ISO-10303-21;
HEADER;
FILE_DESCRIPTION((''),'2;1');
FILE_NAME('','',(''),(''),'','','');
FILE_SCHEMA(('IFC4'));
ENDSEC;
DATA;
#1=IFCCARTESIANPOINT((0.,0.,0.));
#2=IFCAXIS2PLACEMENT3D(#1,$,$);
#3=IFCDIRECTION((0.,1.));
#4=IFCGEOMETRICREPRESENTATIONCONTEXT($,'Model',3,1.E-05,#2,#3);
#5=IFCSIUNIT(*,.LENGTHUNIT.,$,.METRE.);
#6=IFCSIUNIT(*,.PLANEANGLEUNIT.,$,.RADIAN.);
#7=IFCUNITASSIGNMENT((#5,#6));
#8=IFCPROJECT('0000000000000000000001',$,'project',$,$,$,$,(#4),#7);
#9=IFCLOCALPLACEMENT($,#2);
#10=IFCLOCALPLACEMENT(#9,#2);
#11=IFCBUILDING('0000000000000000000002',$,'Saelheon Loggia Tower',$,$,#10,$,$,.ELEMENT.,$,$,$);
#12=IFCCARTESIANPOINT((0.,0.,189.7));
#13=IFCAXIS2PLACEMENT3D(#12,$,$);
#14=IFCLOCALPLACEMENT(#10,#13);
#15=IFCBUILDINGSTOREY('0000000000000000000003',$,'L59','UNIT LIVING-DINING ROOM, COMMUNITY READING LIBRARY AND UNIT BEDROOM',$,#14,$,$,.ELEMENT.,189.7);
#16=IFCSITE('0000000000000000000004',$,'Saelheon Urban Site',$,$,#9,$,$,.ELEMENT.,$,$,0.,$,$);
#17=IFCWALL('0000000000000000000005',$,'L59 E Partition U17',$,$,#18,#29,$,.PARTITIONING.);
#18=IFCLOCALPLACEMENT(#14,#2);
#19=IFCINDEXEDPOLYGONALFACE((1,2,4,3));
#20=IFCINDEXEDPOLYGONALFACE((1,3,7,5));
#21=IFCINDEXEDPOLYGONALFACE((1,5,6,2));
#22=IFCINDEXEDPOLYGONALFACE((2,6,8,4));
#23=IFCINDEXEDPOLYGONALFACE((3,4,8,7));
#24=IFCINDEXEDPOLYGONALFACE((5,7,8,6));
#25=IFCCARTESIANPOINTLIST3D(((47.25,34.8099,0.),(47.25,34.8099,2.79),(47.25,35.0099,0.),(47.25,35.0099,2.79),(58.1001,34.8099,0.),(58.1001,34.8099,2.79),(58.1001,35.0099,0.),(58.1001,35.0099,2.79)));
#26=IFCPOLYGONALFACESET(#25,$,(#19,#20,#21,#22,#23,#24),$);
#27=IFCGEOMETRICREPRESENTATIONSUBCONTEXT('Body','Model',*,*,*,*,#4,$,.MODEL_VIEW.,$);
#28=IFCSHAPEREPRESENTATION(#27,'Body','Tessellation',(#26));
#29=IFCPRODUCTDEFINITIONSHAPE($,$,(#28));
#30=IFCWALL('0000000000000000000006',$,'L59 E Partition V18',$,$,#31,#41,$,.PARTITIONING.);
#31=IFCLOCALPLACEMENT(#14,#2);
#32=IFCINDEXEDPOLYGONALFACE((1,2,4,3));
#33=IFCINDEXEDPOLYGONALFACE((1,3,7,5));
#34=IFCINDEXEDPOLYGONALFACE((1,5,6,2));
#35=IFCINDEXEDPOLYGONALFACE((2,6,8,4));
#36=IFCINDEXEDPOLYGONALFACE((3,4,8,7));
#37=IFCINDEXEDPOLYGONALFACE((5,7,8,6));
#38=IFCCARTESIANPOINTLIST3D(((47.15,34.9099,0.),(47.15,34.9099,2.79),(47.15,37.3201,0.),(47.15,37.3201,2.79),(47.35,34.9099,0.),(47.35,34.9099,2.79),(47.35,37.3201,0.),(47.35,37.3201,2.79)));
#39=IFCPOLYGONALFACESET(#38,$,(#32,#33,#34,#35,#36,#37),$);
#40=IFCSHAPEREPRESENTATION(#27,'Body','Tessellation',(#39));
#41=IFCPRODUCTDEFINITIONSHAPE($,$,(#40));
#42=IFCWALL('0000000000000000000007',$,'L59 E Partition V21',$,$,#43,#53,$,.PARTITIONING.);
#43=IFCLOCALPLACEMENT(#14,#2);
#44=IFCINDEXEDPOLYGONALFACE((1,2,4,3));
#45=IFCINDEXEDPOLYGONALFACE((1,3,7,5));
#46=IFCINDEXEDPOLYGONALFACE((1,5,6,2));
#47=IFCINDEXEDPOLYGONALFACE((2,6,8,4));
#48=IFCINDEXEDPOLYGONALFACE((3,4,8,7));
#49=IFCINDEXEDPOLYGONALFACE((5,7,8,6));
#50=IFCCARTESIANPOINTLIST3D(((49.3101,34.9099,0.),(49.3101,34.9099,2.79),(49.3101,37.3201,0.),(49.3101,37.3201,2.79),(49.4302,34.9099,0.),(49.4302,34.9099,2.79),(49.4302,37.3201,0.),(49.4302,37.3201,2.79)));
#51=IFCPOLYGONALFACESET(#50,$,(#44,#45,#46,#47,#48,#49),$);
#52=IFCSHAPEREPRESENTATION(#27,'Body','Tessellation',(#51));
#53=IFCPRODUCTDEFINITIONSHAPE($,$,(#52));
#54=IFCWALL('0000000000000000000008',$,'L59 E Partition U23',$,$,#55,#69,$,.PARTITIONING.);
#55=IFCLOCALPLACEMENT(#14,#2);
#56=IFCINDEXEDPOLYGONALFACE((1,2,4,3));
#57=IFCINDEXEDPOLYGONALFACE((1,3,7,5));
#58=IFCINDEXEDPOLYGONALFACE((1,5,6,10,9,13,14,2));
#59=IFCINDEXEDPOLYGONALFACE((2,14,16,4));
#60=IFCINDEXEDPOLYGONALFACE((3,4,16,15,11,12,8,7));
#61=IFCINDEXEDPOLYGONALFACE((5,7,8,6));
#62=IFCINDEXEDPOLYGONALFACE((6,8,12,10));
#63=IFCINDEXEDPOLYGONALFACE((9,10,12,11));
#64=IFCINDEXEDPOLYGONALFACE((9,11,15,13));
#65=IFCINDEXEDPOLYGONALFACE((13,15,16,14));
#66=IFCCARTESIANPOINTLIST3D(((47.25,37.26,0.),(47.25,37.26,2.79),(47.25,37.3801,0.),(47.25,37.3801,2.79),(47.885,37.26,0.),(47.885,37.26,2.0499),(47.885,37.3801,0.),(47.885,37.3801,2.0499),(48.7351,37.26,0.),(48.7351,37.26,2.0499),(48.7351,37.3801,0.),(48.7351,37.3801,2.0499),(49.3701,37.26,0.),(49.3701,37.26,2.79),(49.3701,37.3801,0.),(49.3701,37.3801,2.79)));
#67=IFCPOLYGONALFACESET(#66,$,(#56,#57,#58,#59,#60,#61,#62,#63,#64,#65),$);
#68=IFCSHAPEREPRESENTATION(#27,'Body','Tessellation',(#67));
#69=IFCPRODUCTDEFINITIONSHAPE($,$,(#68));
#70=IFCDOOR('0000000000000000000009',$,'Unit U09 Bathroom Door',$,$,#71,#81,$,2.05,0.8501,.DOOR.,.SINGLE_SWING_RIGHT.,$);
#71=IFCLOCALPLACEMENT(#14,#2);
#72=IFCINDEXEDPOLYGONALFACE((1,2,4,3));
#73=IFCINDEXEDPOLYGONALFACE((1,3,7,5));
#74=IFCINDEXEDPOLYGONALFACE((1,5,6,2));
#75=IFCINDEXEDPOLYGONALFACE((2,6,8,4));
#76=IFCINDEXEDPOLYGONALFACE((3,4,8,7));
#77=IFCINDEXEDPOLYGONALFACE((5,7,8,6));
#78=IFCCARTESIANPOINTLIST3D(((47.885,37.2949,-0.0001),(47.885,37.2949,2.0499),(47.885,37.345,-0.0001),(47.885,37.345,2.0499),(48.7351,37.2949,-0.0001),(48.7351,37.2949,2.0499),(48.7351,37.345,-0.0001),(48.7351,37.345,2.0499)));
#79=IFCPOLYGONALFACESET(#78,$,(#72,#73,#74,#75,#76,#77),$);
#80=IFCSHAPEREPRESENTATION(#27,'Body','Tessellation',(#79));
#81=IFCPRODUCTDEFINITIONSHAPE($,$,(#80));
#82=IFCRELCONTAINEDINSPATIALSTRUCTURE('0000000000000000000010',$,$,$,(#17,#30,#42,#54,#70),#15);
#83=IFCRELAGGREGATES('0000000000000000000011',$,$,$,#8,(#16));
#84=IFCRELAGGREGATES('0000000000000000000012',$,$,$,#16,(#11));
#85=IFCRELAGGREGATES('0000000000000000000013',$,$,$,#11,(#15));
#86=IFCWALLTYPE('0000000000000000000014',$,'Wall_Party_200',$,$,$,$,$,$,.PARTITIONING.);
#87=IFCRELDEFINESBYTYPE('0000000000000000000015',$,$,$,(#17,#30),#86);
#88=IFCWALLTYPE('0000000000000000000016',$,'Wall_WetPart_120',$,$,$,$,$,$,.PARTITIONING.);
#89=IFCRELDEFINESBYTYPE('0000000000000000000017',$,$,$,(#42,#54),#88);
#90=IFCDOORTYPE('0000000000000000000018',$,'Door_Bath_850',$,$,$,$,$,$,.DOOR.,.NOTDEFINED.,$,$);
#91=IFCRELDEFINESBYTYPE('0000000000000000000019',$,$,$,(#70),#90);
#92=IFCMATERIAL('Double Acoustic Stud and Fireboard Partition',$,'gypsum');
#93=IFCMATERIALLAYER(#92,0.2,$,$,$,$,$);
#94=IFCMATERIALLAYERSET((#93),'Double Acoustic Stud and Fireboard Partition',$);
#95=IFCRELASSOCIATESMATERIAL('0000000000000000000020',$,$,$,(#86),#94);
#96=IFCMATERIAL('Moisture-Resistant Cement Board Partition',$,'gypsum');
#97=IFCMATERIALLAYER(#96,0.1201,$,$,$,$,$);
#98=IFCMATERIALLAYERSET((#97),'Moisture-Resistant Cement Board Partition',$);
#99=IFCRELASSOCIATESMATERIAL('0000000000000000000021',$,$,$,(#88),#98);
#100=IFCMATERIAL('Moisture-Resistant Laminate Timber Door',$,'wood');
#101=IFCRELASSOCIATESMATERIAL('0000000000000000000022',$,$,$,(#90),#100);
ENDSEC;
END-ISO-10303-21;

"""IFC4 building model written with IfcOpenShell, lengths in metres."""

from ifc_helpers import new_model, si_unit, direction, frame, frame_2d, origin, place, context, subcontext, project, spatial, rectangle, extrude, source, transform, mapped, material, layer, layer_set, type_object, element, fill, save


model = new_model("IFC4")

# Units and contexts
model_context = context("Model", 3, precision=1e-05, world=origin(), true_north=direction((0.0, 1.0)))
body_context = subcontext(model_context, "Body", "Model", "MODEL_VIEW")
ifc_project = project(units=[si_unit("LENGTHUNIT", "METRE"), si_unit("PLANEANGLEUNIT", "RADIAN")], contexts=[model_context])

# Site, building, storey
site_placement = place(None, origin())
site = spatial("IfcSite", under=ifc_project, at=site_placement, Name="Saelheon Urban Site", CompositionType="ELEMENT", RefElevation=0.0)
building_placement = place(site_placement, origin())
building = spatial("IfcBuilding", under=site, at=building_placement, Name="Saelheon Loggia Tower", CompositionType="ELEMENT")
storey_placement = place(building_placement, frame((0.0, 0.0, 189.7)))
storey = spatial("IfcBuildingStorey", under=building, at=storey_placement, Name="L59", Description="UNIT LIVING-DINING ROOM, COMMUNITY READING LIBRARY AND UNIT BEDROOM", CompositionType="ELEMENT", Elevation=189.7)

# Walls
ifc_material_1 = material(Name="Double Acoustic Stud and Fireboard Partition", Category="gypsum")
ifc_layer_1 = layer(ifc_material_1, 0.2)
ifc_layer_set_1 = layer_set([ifc_layer_1], Name="Double Acoustic Stud and Fireboard Partition")
wall_type_1 = type_object("IfcWallType", Name="Wall_Party_200", PredefinedType="PARTITIONING", material=ifc_layer_set_1)
for number, where, z_axis, x_axis, name in (
    (1, (47.25, 34.9099, 0.0), (0.0, 0.0, 1.0), (1.0, 0.0, 0.0), "L59 E Partition U17"),
):
    element("IfcWall", number, at=place(storey_placement, frame(where, z_axis=z_axis, x_axis=x_axis)), inside=storey, type_object=wall_type_1, Name=name, PredefinedType="PARTITIONING", context=body_context, shape_type="SweptSolid", body=[
        extrude(rectangle(XDim=10.8501, YDim=0.2, at=frame_2d((5.425, 0.0))), origin(), (0.0, 0.0, 1.0), 2.79),
    ])
wall_1_placement = place(storey_placement, frame((47.25, 34.9099, 0.0), z_axis=(0.0, 0.0, 1.0), x_axis=(0.0, 1.0, 0.0)))
element("IfcWall", 2, at=wall_1_placement, inside=storey, type_object=wall_type_1, Name="L59 E Partition V18", PredefinedType="PARTITIONING", context=body_context, shape_type="SweptSolid", body=[
    extrude(rectangle(XDim=2.4102, YDim=0.2, at=frame_2d((1.2051, 0.0))), origin(), (0.0, 0.0, 1.0), 2.79),
])

# Wall
ifc_material_2 = material(Name="Moisture-Resistant Cement Board Partition", Category="gypsum")
ifc_layer_2 = layer(ifc_material_2, 0.1201)
ifc_layer_set_2 = layer_set([ifc_layer_2], Name="Moisture-Resistant Cement Board Partition")
wall_type_2 = type_object("IfcWallType", Name="Wall_WetPart_120", PredefinedType="PARTITIONING", material=ifc_layer_set_2)
wall_2_placement = place(storey_placement, frame((49.3701, 34.9099, 0.0), z_axis=(0.0, 0.0, 1.0), x_axis=(0.0, 1.0, 0.0)))
element("IfcWall", 3, at=wall_2_placement, inside=storey, type_object=wall_type_2, Name="L59 E Partition V21", PredefinedType="PARTITIONING", context=body_context, shape_type="SweptSolid", body=[
    extrude(rectangle(XDim=2.4102, YDim=0.1201, at=frame_2d((1.2051, 0.0))), origin(), (0.0, 0.0, 1.0), 2.79),
])

# Wall, opening, door
wall_3_placement = place(storey_placement, frame((47.25, 37.3201, 0.0), z_axis=(0.0, 0.0, 1.0), x_axis=(1.0, 0.0, 0.0)))
wall_3 = element("IfcWall", 4, at=wall_3_placement, inside=storey, type_object=wall_type_2, Name="L59 E Partition U23", PredefinedType="PARTITIONING", context=body_context, shape_type="SweptSolid", body=[
    extrude(rectangle(XDim=2.1201, YDim=0.1201, at=frame_2d((1.0601, 0.0))), origin(), (0.0, 0.0, 1.0), 2.79),
])
opening_1_placement = place(wall_3_placement, frame((0.635, 0.0, 0.0)))
opening_1 = element("IfcOpeningElement", 5, at=opening_1_placement, cuts=wall_3, PredefinedType="OPENING", context=body_context, shape_type="SweptSolid", body=[
    extrude(rectangle(XDim=0.8501, YDim=2.05, at=frame_2d((0.425, 1.0249))), frame((0.0, 0.072, 0.0), z_axis=(0.0, -1.0, 0.0), x_axis=(1.0, 0.0, 0.0)), (0.0, 0.0, 1.0), 0.144),
])
ifc_material_3 = material(Name="Moisture-Resistant Laminate Timber Door", Category="wood")
door_type_1 = type_object("IfcDoorType", Name="Door_Bath_850", OperationType="NOTDEFINED", PredefinedType="DOOR", material=ifc_material_3)
shared_shape_1 = source(origin(), body_context, "Body", "SweptSolid", [
    extrude(rectangle(XDim=0.8501, YDim=2.05, at=frame_2d((0.425, 1.0249))), frame((0.0, 0.0249, 0.0), z_axis=(0.0, -1.0, 0.0), x_axis=(1.0, 0.0, 0.0)), (0.0, 0.0, 1.0), 0.05),
])
door_1_placement = place(opening_1_placement, origin())
door_1 = element("IfcDoor", 6, at=door_1_placement, inside=storey, type_object=door_type_1, Name="Unit U09 Bathroom Door", OperationType="SINGLE_SWING_RIGHT", OverallHeight=2.05, OverallWidth=0.8501, PredefinedType="DOOR", context=body_context, shape_type="MappedRepresentation", body=[
    mapped(shared_shape_1, transform((0.0, 0.0, 0.0), scale=1.0)),
])
fill(opening_1, door_1)

save(model, "model.ifc")
